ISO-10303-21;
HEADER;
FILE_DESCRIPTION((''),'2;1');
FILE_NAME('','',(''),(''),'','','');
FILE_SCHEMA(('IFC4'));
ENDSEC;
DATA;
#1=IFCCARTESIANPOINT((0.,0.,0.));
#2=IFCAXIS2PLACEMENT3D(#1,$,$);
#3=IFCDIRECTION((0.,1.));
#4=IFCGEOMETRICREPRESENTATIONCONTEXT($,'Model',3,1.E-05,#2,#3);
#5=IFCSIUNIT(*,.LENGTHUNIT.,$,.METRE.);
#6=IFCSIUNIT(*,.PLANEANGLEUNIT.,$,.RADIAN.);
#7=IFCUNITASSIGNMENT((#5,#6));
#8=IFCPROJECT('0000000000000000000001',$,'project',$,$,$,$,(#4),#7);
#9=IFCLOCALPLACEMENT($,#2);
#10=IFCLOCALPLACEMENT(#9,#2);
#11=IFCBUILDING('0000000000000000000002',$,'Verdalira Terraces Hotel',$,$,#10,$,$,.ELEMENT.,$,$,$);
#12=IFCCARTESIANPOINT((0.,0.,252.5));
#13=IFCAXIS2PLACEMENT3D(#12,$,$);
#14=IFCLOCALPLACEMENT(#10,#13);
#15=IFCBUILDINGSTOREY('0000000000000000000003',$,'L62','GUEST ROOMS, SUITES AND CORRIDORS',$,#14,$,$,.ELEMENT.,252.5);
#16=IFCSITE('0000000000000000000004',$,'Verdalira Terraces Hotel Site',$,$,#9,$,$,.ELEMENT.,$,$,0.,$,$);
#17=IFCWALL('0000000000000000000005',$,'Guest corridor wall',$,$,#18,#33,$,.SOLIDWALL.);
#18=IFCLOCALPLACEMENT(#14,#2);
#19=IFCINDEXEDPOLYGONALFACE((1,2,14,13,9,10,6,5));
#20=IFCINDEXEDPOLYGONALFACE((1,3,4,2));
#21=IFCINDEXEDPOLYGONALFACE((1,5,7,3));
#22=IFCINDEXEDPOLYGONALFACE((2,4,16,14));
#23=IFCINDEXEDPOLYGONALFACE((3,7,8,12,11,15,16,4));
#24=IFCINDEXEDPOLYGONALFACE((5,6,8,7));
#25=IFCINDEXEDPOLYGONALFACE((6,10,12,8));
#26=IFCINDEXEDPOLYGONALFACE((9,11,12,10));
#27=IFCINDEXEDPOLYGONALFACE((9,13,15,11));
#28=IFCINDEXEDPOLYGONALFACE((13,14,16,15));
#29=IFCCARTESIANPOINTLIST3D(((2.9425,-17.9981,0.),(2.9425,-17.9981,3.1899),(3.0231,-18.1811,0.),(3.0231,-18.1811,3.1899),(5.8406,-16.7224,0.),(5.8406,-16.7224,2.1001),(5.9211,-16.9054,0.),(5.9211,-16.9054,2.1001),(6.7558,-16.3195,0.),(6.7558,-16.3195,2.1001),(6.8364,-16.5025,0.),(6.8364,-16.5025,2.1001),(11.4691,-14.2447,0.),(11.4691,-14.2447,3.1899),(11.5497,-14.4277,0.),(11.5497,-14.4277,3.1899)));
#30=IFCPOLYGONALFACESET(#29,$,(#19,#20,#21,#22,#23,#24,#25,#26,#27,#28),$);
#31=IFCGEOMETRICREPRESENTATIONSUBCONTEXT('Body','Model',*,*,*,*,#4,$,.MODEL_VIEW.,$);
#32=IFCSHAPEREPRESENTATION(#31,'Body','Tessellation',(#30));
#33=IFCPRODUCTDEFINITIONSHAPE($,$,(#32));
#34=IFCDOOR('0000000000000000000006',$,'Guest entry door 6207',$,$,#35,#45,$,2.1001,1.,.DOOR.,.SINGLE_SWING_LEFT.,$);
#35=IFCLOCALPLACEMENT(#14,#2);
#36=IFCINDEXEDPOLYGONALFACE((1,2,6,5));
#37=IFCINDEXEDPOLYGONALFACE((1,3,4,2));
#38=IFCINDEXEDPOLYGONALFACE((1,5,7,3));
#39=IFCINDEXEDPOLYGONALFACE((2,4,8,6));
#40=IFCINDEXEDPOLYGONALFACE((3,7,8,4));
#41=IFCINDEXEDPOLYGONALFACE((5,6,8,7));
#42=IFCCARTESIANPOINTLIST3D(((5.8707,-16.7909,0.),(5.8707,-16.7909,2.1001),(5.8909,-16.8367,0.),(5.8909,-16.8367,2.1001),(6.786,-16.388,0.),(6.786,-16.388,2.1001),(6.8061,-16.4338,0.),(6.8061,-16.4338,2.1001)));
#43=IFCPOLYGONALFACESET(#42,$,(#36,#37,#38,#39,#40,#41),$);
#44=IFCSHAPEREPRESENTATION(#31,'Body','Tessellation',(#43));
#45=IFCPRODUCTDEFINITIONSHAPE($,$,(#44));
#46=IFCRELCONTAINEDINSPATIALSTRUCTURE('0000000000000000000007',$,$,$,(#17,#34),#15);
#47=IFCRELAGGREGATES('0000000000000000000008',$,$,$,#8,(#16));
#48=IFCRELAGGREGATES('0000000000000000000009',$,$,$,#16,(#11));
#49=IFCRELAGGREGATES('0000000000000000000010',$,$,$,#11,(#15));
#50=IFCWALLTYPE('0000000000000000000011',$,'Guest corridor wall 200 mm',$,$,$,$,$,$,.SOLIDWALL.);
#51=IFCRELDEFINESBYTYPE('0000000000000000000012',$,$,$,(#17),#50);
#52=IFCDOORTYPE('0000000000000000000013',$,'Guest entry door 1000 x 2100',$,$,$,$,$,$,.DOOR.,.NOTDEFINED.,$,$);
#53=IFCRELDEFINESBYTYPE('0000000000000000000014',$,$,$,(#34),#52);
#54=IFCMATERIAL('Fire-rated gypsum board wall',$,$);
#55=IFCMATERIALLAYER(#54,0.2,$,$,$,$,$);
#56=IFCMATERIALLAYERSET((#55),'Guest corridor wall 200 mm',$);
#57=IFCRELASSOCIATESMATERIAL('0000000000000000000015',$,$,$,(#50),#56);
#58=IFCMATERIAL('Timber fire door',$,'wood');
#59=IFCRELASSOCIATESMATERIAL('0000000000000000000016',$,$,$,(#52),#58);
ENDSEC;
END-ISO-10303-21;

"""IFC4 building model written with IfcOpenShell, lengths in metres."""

from ifc_helpers import new_model, si_unit, direction, frame, frame_2d, origin, place, context, subcontext, project, spatial, rectangle, extrude, material, layer, layer_set, type_object, element, fill, save


model = new_model("IFC4")

# Units and contexts
model_context = context("Model", 3, precision=1e-05, world=origin(), true_north=direction((0.0, 1.0)))
body_context = subcontext(model_context, "Body", "Model", "MODEL_VIEW")
ifc_project = project(units=[si_unit("LENGTHUNIT", "METRE"), si_unit("PLANEANGLEUNIT", "RADIAN")], contexts=[model_context])

# Site, building, storey
site_placement = place(None, origin())
site = spatial("IfcSite", under=ifc_project, at=site_placement, Name="Verdalira Terraces Hotel Site", CompositionType="ELEMENT", RefElevation=0.0)
building_placement = place(site_placement, origin())
building = spatial("IfcBuilding", under=site, at=building_placement, Name="Verdalira Terraces Hotel", CompositionType="ELEMENT")
storey_placement = place(building_placement, frame((0.0, 0.0, 252.5)))
storey = spatial("IfcBuildingStorey", under=building, at=storey_placement, Name="L62", Description="GUEST ROOMS, SUITES AND CORRIDORS", CompositionType="ELEMENT", Elevation=252.5)

# Wall, opening, door
ifc_material_1 = material(Name="Fire-rated gypsum board wall")
ifc_layer_1 = layer(ifc_material_1, 0.2)
ifc_layer_set_1 = layer_set([ifc_layer_1], Name="Guest corridor wall 200 mm")
wall_type_1 = type_object("IfcWallType", Name="Guest corridor wall 200 mm", PredefinedType="SOLIDWALL", material=ifc_layer_set_1)
wall_1_placement = place(storey_placement, frame((11.5095, -14.3362, 0.0), z_axis=(0.0, 0.0, 1.0), x_axis=(-0.915247, -0.402892, 0.0)))
wall_1 = element("IfcWall", 1, at=wall_1_placement, inside=storey, type_object=wall_type_1, Name="Guest corridor wall", PredefinedType="SOLIDWALL", context=body_context, shape_type="SweptSolid", body=[
    extrude(rectangle(XDim=9.3162, YDim=0.2, at=frame_2d((4.6582, 0.0))), origin(), (0.0, 0.0, 1.0), 3.1899),
])
opening_1_placement = place(wall_1_placement, frame((5.1499, 0.0, 0.0)))
opening_1 = element("IfcOpeningElement", 2, at=opening_1_placement, cuts=wall_1, PredefinedType="OPENING", context=body_context, shape_type="SweptSolid", body=[
    extrude(rectangle(XDim=1.0, YDim=2.1001, at=frame_2d((0.5, 1.05))), frame((0.0, 0.1099, 0.0), z_axis=(0.0, -1.0, 0.0), x_axis=(1.0, 0.0, 0.0)), (0.0, 0.0, 1.0), 0.22),
])
ifc_material_2 = material(Name="Timber fire door", Category="wood")
door_type_1 = type_object("IfcDoorType", Name="Guest entry door 1000 x 2100", OperationType="NOTDEFINED", PredefinedType="DOOR", material=ifc_material_2)
door_1_placement = place(opening_1_placement, origin())
door_1 = element("IfcDoor", 3, at=door_1_placement, inside=storey, type_object=door_type_1, Name="Guest entry door 6207", OperationType="SINGLE_SWING_LEFT", OverallHeight=2.1001, OverallWidth=1.0, PredefinedType="DOOR", context=body_context, shape_type="SweptSolid", body=[
    extrude(rectangle(XDim=1.0, YDim=2.1001, at=frame_2d((0.5, 1.05))), frame((0.0, 0.0249, 0.0), z_axis=(0.0, -1.0, 0.0), x_axis=(1.0, 0.0, 0.0)), (0.0, 0.0, 1.0), 0.05),
])
fill(opening_1, door_1)

save(model, "model.ifc")
